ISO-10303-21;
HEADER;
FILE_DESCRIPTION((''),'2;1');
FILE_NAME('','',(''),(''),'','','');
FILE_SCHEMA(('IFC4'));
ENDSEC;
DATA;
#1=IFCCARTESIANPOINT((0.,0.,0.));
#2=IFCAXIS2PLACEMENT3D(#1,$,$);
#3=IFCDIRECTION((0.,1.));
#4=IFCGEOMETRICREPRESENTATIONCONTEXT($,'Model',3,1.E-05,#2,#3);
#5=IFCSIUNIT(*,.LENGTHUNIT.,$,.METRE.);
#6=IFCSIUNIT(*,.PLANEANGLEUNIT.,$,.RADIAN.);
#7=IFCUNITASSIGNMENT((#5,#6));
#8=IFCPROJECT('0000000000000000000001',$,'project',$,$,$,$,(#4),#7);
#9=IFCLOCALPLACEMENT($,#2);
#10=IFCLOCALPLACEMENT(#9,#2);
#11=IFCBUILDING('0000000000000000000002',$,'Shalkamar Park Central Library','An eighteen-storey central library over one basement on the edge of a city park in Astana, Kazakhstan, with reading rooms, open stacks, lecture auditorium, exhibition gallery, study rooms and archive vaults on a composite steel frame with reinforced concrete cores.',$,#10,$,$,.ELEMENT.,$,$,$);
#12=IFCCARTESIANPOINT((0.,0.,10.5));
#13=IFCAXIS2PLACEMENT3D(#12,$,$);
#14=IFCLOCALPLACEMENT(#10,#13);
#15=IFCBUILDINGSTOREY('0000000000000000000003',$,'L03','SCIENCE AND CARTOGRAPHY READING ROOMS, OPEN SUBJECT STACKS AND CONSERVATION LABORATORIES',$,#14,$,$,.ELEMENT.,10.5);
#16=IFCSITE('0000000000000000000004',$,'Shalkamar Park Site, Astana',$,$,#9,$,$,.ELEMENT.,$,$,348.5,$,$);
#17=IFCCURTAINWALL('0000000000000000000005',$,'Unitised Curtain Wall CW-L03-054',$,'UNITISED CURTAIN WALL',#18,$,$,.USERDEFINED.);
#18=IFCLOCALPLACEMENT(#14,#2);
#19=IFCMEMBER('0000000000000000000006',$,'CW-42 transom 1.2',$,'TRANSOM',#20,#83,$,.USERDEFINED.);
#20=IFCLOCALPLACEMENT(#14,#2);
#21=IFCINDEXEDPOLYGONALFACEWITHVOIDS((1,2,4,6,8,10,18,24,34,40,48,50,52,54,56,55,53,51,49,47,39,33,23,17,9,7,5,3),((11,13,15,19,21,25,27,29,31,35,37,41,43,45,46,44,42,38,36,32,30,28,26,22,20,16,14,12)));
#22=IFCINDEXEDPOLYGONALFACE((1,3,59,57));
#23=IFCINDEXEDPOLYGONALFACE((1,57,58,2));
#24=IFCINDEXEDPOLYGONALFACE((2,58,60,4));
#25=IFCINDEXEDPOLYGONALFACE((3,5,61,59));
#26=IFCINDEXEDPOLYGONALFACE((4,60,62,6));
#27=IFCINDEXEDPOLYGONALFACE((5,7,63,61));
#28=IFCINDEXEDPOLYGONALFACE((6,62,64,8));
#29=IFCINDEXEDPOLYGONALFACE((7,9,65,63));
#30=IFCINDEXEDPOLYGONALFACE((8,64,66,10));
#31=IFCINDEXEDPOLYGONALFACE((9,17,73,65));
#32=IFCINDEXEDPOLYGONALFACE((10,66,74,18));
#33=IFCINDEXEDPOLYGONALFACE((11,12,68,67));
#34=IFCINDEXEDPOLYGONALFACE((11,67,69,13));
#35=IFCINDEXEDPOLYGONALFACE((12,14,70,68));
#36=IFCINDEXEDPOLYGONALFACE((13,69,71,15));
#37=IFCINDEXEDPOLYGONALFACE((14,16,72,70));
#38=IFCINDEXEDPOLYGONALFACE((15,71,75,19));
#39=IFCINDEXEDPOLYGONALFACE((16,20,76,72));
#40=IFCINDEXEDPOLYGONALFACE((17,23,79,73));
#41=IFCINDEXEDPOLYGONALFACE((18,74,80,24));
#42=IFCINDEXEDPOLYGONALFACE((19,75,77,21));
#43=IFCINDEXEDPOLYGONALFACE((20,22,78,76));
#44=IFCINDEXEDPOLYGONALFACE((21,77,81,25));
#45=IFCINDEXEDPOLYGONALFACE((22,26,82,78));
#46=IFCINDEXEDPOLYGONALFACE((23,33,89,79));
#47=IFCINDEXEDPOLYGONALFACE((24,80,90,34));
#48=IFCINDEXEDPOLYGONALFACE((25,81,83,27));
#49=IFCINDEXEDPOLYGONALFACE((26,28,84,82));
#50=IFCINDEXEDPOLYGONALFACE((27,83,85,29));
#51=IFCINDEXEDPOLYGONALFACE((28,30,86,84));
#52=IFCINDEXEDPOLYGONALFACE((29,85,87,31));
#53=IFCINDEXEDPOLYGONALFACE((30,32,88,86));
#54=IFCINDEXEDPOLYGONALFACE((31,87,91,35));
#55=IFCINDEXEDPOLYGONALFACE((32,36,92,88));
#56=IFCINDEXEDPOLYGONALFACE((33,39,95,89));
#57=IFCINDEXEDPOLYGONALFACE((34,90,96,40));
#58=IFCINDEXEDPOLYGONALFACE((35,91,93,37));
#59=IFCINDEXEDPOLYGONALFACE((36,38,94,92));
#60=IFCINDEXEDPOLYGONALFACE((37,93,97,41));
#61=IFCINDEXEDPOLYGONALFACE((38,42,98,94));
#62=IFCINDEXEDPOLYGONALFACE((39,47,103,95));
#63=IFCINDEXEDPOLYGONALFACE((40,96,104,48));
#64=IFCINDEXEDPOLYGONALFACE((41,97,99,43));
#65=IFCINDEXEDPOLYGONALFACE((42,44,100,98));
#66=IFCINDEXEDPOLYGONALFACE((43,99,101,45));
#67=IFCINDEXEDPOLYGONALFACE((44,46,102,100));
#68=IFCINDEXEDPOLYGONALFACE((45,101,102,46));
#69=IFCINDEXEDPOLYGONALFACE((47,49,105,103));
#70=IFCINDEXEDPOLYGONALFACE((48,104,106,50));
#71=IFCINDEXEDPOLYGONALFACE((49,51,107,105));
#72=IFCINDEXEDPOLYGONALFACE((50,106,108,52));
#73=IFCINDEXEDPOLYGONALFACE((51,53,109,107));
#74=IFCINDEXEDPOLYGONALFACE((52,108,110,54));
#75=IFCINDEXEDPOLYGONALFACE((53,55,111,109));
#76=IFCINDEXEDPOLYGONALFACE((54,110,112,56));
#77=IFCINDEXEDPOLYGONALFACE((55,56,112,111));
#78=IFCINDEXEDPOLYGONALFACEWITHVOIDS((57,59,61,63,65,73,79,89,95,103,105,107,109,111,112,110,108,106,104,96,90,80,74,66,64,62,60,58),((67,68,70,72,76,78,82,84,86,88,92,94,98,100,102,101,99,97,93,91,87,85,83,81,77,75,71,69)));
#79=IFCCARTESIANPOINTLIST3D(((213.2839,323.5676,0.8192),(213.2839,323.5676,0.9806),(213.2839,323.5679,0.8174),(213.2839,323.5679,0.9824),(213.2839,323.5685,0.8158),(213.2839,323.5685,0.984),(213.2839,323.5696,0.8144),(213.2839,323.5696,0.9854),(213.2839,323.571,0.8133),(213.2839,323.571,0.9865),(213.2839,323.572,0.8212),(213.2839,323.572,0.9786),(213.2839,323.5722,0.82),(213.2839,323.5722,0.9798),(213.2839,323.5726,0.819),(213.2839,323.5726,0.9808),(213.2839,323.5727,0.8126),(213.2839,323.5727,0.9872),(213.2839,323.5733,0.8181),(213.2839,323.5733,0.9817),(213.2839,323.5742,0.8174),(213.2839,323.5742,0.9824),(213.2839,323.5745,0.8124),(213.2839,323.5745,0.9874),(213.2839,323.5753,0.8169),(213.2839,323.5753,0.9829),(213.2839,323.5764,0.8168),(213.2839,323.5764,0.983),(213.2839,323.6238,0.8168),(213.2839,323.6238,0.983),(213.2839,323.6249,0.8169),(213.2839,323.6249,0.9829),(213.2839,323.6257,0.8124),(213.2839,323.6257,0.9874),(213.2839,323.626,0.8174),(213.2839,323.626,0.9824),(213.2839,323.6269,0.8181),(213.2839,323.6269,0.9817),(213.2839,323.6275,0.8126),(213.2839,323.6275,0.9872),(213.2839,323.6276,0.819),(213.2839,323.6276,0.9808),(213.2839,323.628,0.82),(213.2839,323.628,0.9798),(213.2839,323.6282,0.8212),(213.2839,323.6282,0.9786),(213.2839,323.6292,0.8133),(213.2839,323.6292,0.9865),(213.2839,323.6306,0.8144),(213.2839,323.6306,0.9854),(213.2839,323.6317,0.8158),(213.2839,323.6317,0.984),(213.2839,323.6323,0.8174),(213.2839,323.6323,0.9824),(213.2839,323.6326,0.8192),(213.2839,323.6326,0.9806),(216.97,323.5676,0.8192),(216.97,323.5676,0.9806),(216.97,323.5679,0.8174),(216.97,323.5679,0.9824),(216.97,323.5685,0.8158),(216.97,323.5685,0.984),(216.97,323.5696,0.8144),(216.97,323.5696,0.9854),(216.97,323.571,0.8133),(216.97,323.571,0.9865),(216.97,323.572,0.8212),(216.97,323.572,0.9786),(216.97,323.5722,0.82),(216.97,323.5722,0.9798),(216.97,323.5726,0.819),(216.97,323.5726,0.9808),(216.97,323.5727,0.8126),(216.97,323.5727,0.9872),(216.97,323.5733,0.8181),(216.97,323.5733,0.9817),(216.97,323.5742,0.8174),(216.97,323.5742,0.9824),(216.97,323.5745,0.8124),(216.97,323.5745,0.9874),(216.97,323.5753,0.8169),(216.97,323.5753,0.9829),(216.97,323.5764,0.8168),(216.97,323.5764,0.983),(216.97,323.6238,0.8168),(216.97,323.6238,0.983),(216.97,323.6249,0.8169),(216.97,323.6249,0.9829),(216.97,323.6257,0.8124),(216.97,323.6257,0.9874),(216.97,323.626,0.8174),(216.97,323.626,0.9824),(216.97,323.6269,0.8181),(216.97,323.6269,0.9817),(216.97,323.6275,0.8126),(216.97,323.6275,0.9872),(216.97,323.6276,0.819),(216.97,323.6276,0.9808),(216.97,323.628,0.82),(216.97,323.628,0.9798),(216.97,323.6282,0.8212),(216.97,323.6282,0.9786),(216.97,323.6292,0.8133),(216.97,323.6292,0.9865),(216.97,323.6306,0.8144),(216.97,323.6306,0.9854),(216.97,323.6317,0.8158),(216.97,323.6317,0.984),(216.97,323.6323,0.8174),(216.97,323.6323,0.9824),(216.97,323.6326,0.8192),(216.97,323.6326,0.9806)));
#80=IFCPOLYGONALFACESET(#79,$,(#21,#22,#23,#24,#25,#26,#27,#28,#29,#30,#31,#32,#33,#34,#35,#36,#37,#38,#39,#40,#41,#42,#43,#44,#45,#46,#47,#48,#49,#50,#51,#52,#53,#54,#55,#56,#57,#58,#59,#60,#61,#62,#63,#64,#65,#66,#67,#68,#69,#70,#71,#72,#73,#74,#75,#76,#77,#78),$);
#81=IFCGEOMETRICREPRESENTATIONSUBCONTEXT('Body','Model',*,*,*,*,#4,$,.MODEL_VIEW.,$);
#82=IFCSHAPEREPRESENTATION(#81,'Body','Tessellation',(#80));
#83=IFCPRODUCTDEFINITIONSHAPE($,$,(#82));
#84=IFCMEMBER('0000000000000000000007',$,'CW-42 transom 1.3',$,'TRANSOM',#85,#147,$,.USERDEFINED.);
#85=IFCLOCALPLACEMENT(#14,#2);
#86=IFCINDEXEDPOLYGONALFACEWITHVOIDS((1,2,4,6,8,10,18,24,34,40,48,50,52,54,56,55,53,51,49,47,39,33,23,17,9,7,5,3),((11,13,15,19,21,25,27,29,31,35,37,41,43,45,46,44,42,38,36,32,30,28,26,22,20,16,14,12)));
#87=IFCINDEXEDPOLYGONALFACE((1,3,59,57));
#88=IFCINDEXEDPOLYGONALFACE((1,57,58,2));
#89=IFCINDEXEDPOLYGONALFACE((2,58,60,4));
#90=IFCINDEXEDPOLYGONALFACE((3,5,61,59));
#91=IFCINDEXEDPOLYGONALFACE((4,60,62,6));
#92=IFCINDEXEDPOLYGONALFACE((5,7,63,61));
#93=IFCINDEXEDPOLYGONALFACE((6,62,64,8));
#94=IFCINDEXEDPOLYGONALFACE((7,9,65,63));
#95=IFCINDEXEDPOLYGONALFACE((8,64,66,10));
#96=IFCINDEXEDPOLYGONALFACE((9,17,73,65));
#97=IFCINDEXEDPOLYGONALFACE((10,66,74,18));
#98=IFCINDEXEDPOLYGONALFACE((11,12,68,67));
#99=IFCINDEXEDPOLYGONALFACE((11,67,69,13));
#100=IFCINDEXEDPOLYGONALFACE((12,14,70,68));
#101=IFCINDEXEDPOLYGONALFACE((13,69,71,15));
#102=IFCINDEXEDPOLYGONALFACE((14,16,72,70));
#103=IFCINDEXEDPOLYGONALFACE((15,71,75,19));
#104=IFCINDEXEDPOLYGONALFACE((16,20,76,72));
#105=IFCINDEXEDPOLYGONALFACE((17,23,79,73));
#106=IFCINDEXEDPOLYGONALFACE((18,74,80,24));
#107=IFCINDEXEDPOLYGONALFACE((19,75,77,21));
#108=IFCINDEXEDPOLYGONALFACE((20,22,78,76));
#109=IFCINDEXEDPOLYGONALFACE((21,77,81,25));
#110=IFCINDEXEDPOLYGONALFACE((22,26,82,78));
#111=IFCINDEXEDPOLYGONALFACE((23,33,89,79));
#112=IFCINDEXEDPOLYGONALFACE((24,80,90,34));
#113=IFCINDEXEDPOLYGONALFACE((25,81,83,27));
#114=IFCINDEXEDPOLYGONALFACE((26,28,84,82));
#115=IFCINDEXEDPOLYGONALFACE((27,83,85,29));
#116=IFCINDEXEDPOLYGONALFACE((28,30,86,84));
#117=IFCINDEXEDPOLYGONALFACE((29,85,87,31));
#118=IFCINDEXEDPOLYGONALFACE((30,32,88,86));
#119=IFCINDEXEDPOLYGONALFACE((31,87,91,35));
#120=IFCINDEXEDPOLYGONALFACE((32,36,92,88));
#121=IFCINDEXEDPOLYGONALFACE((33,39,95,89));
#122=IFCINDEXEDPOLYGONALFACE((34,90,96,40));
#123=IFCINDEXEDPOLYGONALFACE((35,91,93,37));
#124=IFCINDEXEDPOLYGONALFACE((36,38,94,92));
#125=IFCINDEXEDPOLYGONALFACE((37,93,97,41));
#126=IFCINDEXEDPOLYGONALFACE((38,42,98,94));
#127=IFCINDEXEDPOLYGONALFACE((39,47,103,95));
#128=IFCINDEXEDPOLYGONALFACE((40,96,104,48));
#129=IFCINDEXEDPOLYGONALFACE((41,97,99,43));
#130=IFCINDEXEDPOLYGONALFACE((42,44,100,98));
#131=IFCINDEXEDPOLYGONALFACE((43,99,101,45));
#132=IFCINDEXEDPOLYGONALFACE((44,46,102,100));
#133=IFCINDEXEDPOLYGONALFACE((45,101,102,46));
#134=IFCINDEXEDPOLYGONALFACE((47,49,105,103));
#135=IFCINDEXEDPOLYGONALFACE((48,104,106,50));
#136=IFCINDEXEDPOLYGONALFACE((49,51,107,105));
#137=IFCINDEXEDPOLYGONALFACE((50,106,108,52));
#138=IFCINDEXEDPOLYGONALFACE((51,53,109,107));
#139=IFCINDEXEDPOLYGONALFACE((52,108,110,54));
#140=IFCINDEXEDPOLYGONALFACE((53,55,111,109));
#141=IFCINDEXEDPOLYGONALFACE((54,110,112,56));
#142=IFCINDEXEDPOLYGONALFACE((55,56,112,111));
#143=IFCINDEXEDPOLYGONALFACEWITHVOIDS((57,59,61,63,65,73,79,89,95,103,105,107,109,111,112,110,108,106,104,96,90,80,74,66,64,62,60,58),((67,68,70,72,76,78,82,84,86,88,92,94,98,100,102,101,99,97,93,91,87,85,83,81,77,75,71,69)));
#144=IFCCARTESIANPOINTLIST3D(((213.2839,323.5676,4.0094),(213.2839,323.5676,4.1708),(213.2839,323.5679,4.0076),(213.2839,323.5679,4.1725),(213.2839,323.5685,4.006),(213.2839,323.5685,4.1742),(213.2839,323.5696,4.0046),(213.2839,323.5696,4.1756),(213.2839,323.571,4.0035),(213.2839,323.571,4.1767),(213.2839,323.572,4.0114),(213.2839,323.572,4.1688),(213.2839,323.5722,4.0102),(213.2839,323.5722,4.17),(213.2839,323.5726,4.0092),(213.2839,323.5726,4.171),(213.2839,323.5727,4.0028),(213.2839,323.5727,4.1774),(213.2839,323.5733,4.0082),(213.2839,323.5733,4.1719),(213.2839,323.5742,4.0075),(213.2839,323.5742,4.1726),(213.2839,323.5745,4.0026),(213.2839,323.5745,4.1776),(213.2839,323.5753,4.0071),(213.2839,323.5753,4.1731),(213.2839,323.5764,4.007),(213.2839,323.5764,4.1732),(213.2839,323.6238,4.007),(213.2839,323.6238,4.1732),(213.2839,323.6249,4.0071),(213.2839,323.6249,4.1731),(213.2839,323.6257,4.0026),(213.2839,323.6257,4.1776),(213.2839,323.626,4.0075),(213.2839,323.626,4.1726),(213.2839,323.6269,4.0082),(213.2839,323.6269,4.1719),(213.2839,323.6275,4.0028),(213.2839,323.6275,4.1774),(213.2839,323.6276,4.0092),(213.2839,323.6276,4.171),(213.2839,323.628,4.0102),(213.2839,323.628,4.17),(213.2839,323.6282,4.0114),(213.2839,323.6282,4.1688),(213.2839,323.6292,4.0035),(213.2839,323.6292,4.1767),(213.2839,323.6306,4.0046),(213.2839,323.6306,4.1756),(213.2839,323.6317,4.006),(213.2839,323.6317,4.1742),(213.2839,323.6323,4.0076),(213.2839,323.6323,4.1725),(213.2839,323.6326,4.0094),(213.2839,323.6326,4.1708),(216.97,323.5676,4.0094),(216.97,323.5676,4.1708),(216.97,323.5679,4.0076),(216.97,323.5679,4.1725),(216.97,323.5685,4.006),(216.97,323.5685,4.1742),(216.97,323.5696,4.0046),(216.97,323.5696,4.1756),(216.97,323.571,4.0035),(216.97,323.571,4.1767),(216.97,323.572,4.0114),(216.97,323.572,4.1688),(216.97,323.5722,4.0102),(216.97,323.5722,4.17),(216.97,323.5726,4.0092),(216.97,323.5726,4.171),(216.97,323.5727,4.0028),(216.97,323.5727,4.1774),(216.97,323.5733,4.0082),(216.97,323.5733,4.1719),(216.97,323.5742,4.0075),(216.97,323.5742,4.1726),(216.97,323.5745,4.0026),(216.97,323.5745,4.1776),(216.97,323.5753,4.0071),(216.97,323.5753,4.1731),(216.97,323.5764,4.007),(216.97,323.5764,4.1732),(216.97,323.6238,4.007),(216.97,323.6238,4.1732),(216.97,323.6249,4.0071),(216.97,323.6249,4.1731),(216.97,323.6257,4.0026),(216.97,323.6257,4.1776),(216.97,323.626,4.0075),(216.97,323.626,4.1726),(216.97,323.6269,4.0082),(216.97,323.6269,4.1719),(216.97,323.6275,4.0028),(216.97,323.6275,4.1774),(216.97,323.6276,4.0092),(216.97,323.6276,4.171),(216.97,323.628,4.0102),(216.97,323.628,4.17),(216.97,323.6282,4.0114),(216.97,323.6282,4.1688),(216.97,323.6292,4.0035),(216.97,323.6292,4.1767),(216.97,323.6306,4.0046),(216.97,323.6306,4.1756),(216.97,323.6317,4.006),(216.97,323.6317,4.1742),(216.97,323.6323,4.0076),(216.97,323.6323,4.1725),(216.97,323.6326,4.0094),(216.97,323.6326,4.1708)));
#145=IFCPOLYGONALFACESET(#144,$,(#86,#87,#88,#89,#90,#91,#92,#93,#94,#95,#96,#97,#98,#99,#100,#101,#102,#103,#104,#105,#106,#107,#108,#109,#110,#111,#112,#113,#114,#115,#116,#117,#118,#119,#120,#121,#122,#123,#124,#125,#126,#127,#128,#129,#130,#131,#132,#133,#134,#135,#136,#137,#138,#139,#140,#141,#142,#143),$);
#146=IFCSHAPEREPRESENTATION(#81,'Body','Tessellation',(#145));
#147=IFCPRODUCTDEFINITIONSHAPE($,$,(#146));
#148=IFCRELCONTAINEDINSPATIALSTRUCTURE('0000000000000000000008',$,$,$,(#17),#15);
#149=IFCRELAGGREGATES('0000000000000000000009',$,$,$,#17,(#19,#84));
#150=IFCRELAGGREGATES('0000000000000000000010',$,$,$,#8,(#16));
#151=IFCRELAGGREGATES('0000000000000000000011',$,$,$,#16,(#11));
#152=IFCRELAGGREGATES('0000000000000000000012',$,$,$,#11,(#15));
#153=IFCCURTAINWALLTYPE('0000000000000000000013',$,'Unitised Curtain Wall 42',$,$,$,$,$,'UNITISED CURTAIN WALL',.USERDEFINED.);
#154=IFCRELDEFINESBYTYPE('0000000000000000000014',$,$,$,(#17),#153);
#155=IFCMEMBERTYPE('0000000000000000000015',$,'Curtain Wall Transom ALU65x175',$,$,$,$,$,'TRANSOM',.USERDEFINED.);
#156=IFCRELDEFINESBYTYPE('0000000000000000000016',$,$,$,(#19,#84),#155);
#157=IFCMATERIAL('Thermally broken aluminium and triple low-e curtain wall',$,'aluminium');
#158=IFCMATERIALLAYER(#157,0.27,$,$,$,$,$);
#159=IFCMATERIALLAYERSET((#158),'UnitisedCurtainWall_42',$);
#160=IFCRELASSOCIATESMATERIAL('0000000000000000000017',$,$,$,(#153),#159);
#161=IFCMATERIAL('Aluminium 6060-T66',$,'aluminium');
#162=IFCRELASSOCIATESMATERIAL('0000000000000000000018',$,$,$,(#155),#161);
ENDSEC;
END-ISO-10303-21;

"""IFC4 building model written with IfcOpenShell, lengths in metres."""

from ifc_helpers import new_model, si_unit, direction, frame, origin, origin_2d, place, context, subcontext, project, spatial, hollow_rectangle, extrude, material, layer, layer_set, material_profile, profile_set, type_object, element, aggregate, save


model = new_model("IFC4")

# Units and contexts
model_context = context("Model", 3, precision=1e-05, world=origin(), true_north=direction((0.0, 1.0)))
body_context = subcontext(model_context, "Body", "Model", "MODEL_VIEW")
ifc_project = project(units=[si_unit("LENGTHUNIT", "METRE"), si_unit("PLANEANGLEUNIT", "RADIAN")], contexts=[model_context])

# Site, building, storey
site_placement = place(None, origin())
site = spatial("IfcSite", under=ifc_project, at=site_placement, Name="Shalkamar Park Site, Astana", CompositionType="ELEMENT", RefElevation=348.5)
building_placement = place(site_placement, origin())
building = spatial("IfcBuilding", under=site, at=building_placement, Name="Shalkamar Park Central Library", Description="An eighteen-storey central library over one basement on the edge of a city park in Astana, Kazakhstan, with reading rooms, open stacks, lecture auditorium, exhibition gallery, study rooms and archive vaults on a composite steel frame with reinforced concrete cores.", CompositionType="ELEMENT")
storey_placement = place(building_placement, frame((0.0, 0.0, 10.5)))
storey = spatial("IfcBuildingStorey", under=building, at=storey_placement, Name="L03", Description="SCIENCE AND CARTOGRAPHY READING ROOMS, OPEN SUBJECT STACKS AND CONSERVATION LABORATORIES", CompositionType="ELEMENT", Elevation=10.5)

# Shared definitions
ifc_material_1 = material(Name="Thermally broken aluminium and triple low-e curtain wall", Category="aluminium")
ifc_material_2 = material(Name="Aluminium 6060-T66", Category="aluminium")

# Curtain wall, members
ifc_layer_1 = layer(ifc_material_1, 0.27)
ifc_layer_set_1 = layer_set([ifc_layer_1], Name="UnitisedCurtainWall_42")
curtain_wall_type_1 = type_object("IfcCurtainWallType", Name="Unitised Curtain Wall 42", ElementType="UNITISED CURTAIN WALL", PredefinedType="USERDEFINED", material=ifc_layer_set_1)
curtain_wall_1_placement = place(storey_placement, origin())
curtain_wall_1 = element("IfcCurtainWall", 1, at=curtain_wall_1_placement, inside=storey, type_object=curtain_wall_type_1, Name="Unitised Curtain Wall CW-L03-054", ObjectType="UNITISED CURTAIN WALL", PredefinedType="USERDEFINED")
ifc_material_profile_1 = material_profile(ifc_material_2, hollow_rectangle(XDim=0.0649, YDim=0.175, WallThickness=0.0044, InnerFilletRadius=0.0044, OuterFilletRadius=0.0068, at=origin_2d()), Name="ALU 65x175x4.5")
ifc_profile_set_1 = profile_set([ifc_material_profile_1], Name="Aluminium 6060-T66")
member_type_1 = type_object("IfcMemberType", Name="Curtain Wall Transom ALU65x175", ElementType="TRANSOM", PredefinedType="USERDEFINED", material=ifc_profile_set_1)
member_1_placement = place(storey_placement, frame((213.2839, 323.6001, 0.8999), z_axis=(1.0, 0.0, 0.0), x_axis=(0.0, 1.0, 0.0)))
member_1 = element("IfcMember", 2, at=member_1_placement, type_object=member_type_1, Name="CW-42 transom 1.2", ObjectType="TRANSOM", PredefinedType="USERDEFINED", context=body_context, shape_type="SweptSolid", body=[
    extrude(hollow_rectangle(XDim=0.0649, YDim=0.175, WallThickness=0.0044, InnerFilletRadius=0.0044, OuterFilletRadius=0.0068, at=origin_2d()), origin(), (0.0, 0.0, 1.0), 3.686),
])
member_2_placement = place(storey_placement, frame((213.2839, 323.6001, 4.0901), z_axis=(1.0, 0.0, 0.0), x_axis=(0.0, 1.0, 0.0)))
member_2 = element("IfcMember", 3, at=member_2_placement, type_object=member_type_1, Name="CW-42 transom 1.3", ObjectType="TRANSOM", PredefinedType="USERDEFINED", context=body_context, shape_type="SweptSolid", body=[
    extrude(hollow_rectangle(XDim=0.0649, YDim=0.175, WallThickness=0.0044, InnerFilletRadius=0.0044, OuterFilletRadius=0.0068, at=origin_2d()), origin(), (0.0, 0.0, 1.0), 3.686),
])

aggregate(curtain_wall_1, [member_1, member_2])

save(model, "model.ifc")
